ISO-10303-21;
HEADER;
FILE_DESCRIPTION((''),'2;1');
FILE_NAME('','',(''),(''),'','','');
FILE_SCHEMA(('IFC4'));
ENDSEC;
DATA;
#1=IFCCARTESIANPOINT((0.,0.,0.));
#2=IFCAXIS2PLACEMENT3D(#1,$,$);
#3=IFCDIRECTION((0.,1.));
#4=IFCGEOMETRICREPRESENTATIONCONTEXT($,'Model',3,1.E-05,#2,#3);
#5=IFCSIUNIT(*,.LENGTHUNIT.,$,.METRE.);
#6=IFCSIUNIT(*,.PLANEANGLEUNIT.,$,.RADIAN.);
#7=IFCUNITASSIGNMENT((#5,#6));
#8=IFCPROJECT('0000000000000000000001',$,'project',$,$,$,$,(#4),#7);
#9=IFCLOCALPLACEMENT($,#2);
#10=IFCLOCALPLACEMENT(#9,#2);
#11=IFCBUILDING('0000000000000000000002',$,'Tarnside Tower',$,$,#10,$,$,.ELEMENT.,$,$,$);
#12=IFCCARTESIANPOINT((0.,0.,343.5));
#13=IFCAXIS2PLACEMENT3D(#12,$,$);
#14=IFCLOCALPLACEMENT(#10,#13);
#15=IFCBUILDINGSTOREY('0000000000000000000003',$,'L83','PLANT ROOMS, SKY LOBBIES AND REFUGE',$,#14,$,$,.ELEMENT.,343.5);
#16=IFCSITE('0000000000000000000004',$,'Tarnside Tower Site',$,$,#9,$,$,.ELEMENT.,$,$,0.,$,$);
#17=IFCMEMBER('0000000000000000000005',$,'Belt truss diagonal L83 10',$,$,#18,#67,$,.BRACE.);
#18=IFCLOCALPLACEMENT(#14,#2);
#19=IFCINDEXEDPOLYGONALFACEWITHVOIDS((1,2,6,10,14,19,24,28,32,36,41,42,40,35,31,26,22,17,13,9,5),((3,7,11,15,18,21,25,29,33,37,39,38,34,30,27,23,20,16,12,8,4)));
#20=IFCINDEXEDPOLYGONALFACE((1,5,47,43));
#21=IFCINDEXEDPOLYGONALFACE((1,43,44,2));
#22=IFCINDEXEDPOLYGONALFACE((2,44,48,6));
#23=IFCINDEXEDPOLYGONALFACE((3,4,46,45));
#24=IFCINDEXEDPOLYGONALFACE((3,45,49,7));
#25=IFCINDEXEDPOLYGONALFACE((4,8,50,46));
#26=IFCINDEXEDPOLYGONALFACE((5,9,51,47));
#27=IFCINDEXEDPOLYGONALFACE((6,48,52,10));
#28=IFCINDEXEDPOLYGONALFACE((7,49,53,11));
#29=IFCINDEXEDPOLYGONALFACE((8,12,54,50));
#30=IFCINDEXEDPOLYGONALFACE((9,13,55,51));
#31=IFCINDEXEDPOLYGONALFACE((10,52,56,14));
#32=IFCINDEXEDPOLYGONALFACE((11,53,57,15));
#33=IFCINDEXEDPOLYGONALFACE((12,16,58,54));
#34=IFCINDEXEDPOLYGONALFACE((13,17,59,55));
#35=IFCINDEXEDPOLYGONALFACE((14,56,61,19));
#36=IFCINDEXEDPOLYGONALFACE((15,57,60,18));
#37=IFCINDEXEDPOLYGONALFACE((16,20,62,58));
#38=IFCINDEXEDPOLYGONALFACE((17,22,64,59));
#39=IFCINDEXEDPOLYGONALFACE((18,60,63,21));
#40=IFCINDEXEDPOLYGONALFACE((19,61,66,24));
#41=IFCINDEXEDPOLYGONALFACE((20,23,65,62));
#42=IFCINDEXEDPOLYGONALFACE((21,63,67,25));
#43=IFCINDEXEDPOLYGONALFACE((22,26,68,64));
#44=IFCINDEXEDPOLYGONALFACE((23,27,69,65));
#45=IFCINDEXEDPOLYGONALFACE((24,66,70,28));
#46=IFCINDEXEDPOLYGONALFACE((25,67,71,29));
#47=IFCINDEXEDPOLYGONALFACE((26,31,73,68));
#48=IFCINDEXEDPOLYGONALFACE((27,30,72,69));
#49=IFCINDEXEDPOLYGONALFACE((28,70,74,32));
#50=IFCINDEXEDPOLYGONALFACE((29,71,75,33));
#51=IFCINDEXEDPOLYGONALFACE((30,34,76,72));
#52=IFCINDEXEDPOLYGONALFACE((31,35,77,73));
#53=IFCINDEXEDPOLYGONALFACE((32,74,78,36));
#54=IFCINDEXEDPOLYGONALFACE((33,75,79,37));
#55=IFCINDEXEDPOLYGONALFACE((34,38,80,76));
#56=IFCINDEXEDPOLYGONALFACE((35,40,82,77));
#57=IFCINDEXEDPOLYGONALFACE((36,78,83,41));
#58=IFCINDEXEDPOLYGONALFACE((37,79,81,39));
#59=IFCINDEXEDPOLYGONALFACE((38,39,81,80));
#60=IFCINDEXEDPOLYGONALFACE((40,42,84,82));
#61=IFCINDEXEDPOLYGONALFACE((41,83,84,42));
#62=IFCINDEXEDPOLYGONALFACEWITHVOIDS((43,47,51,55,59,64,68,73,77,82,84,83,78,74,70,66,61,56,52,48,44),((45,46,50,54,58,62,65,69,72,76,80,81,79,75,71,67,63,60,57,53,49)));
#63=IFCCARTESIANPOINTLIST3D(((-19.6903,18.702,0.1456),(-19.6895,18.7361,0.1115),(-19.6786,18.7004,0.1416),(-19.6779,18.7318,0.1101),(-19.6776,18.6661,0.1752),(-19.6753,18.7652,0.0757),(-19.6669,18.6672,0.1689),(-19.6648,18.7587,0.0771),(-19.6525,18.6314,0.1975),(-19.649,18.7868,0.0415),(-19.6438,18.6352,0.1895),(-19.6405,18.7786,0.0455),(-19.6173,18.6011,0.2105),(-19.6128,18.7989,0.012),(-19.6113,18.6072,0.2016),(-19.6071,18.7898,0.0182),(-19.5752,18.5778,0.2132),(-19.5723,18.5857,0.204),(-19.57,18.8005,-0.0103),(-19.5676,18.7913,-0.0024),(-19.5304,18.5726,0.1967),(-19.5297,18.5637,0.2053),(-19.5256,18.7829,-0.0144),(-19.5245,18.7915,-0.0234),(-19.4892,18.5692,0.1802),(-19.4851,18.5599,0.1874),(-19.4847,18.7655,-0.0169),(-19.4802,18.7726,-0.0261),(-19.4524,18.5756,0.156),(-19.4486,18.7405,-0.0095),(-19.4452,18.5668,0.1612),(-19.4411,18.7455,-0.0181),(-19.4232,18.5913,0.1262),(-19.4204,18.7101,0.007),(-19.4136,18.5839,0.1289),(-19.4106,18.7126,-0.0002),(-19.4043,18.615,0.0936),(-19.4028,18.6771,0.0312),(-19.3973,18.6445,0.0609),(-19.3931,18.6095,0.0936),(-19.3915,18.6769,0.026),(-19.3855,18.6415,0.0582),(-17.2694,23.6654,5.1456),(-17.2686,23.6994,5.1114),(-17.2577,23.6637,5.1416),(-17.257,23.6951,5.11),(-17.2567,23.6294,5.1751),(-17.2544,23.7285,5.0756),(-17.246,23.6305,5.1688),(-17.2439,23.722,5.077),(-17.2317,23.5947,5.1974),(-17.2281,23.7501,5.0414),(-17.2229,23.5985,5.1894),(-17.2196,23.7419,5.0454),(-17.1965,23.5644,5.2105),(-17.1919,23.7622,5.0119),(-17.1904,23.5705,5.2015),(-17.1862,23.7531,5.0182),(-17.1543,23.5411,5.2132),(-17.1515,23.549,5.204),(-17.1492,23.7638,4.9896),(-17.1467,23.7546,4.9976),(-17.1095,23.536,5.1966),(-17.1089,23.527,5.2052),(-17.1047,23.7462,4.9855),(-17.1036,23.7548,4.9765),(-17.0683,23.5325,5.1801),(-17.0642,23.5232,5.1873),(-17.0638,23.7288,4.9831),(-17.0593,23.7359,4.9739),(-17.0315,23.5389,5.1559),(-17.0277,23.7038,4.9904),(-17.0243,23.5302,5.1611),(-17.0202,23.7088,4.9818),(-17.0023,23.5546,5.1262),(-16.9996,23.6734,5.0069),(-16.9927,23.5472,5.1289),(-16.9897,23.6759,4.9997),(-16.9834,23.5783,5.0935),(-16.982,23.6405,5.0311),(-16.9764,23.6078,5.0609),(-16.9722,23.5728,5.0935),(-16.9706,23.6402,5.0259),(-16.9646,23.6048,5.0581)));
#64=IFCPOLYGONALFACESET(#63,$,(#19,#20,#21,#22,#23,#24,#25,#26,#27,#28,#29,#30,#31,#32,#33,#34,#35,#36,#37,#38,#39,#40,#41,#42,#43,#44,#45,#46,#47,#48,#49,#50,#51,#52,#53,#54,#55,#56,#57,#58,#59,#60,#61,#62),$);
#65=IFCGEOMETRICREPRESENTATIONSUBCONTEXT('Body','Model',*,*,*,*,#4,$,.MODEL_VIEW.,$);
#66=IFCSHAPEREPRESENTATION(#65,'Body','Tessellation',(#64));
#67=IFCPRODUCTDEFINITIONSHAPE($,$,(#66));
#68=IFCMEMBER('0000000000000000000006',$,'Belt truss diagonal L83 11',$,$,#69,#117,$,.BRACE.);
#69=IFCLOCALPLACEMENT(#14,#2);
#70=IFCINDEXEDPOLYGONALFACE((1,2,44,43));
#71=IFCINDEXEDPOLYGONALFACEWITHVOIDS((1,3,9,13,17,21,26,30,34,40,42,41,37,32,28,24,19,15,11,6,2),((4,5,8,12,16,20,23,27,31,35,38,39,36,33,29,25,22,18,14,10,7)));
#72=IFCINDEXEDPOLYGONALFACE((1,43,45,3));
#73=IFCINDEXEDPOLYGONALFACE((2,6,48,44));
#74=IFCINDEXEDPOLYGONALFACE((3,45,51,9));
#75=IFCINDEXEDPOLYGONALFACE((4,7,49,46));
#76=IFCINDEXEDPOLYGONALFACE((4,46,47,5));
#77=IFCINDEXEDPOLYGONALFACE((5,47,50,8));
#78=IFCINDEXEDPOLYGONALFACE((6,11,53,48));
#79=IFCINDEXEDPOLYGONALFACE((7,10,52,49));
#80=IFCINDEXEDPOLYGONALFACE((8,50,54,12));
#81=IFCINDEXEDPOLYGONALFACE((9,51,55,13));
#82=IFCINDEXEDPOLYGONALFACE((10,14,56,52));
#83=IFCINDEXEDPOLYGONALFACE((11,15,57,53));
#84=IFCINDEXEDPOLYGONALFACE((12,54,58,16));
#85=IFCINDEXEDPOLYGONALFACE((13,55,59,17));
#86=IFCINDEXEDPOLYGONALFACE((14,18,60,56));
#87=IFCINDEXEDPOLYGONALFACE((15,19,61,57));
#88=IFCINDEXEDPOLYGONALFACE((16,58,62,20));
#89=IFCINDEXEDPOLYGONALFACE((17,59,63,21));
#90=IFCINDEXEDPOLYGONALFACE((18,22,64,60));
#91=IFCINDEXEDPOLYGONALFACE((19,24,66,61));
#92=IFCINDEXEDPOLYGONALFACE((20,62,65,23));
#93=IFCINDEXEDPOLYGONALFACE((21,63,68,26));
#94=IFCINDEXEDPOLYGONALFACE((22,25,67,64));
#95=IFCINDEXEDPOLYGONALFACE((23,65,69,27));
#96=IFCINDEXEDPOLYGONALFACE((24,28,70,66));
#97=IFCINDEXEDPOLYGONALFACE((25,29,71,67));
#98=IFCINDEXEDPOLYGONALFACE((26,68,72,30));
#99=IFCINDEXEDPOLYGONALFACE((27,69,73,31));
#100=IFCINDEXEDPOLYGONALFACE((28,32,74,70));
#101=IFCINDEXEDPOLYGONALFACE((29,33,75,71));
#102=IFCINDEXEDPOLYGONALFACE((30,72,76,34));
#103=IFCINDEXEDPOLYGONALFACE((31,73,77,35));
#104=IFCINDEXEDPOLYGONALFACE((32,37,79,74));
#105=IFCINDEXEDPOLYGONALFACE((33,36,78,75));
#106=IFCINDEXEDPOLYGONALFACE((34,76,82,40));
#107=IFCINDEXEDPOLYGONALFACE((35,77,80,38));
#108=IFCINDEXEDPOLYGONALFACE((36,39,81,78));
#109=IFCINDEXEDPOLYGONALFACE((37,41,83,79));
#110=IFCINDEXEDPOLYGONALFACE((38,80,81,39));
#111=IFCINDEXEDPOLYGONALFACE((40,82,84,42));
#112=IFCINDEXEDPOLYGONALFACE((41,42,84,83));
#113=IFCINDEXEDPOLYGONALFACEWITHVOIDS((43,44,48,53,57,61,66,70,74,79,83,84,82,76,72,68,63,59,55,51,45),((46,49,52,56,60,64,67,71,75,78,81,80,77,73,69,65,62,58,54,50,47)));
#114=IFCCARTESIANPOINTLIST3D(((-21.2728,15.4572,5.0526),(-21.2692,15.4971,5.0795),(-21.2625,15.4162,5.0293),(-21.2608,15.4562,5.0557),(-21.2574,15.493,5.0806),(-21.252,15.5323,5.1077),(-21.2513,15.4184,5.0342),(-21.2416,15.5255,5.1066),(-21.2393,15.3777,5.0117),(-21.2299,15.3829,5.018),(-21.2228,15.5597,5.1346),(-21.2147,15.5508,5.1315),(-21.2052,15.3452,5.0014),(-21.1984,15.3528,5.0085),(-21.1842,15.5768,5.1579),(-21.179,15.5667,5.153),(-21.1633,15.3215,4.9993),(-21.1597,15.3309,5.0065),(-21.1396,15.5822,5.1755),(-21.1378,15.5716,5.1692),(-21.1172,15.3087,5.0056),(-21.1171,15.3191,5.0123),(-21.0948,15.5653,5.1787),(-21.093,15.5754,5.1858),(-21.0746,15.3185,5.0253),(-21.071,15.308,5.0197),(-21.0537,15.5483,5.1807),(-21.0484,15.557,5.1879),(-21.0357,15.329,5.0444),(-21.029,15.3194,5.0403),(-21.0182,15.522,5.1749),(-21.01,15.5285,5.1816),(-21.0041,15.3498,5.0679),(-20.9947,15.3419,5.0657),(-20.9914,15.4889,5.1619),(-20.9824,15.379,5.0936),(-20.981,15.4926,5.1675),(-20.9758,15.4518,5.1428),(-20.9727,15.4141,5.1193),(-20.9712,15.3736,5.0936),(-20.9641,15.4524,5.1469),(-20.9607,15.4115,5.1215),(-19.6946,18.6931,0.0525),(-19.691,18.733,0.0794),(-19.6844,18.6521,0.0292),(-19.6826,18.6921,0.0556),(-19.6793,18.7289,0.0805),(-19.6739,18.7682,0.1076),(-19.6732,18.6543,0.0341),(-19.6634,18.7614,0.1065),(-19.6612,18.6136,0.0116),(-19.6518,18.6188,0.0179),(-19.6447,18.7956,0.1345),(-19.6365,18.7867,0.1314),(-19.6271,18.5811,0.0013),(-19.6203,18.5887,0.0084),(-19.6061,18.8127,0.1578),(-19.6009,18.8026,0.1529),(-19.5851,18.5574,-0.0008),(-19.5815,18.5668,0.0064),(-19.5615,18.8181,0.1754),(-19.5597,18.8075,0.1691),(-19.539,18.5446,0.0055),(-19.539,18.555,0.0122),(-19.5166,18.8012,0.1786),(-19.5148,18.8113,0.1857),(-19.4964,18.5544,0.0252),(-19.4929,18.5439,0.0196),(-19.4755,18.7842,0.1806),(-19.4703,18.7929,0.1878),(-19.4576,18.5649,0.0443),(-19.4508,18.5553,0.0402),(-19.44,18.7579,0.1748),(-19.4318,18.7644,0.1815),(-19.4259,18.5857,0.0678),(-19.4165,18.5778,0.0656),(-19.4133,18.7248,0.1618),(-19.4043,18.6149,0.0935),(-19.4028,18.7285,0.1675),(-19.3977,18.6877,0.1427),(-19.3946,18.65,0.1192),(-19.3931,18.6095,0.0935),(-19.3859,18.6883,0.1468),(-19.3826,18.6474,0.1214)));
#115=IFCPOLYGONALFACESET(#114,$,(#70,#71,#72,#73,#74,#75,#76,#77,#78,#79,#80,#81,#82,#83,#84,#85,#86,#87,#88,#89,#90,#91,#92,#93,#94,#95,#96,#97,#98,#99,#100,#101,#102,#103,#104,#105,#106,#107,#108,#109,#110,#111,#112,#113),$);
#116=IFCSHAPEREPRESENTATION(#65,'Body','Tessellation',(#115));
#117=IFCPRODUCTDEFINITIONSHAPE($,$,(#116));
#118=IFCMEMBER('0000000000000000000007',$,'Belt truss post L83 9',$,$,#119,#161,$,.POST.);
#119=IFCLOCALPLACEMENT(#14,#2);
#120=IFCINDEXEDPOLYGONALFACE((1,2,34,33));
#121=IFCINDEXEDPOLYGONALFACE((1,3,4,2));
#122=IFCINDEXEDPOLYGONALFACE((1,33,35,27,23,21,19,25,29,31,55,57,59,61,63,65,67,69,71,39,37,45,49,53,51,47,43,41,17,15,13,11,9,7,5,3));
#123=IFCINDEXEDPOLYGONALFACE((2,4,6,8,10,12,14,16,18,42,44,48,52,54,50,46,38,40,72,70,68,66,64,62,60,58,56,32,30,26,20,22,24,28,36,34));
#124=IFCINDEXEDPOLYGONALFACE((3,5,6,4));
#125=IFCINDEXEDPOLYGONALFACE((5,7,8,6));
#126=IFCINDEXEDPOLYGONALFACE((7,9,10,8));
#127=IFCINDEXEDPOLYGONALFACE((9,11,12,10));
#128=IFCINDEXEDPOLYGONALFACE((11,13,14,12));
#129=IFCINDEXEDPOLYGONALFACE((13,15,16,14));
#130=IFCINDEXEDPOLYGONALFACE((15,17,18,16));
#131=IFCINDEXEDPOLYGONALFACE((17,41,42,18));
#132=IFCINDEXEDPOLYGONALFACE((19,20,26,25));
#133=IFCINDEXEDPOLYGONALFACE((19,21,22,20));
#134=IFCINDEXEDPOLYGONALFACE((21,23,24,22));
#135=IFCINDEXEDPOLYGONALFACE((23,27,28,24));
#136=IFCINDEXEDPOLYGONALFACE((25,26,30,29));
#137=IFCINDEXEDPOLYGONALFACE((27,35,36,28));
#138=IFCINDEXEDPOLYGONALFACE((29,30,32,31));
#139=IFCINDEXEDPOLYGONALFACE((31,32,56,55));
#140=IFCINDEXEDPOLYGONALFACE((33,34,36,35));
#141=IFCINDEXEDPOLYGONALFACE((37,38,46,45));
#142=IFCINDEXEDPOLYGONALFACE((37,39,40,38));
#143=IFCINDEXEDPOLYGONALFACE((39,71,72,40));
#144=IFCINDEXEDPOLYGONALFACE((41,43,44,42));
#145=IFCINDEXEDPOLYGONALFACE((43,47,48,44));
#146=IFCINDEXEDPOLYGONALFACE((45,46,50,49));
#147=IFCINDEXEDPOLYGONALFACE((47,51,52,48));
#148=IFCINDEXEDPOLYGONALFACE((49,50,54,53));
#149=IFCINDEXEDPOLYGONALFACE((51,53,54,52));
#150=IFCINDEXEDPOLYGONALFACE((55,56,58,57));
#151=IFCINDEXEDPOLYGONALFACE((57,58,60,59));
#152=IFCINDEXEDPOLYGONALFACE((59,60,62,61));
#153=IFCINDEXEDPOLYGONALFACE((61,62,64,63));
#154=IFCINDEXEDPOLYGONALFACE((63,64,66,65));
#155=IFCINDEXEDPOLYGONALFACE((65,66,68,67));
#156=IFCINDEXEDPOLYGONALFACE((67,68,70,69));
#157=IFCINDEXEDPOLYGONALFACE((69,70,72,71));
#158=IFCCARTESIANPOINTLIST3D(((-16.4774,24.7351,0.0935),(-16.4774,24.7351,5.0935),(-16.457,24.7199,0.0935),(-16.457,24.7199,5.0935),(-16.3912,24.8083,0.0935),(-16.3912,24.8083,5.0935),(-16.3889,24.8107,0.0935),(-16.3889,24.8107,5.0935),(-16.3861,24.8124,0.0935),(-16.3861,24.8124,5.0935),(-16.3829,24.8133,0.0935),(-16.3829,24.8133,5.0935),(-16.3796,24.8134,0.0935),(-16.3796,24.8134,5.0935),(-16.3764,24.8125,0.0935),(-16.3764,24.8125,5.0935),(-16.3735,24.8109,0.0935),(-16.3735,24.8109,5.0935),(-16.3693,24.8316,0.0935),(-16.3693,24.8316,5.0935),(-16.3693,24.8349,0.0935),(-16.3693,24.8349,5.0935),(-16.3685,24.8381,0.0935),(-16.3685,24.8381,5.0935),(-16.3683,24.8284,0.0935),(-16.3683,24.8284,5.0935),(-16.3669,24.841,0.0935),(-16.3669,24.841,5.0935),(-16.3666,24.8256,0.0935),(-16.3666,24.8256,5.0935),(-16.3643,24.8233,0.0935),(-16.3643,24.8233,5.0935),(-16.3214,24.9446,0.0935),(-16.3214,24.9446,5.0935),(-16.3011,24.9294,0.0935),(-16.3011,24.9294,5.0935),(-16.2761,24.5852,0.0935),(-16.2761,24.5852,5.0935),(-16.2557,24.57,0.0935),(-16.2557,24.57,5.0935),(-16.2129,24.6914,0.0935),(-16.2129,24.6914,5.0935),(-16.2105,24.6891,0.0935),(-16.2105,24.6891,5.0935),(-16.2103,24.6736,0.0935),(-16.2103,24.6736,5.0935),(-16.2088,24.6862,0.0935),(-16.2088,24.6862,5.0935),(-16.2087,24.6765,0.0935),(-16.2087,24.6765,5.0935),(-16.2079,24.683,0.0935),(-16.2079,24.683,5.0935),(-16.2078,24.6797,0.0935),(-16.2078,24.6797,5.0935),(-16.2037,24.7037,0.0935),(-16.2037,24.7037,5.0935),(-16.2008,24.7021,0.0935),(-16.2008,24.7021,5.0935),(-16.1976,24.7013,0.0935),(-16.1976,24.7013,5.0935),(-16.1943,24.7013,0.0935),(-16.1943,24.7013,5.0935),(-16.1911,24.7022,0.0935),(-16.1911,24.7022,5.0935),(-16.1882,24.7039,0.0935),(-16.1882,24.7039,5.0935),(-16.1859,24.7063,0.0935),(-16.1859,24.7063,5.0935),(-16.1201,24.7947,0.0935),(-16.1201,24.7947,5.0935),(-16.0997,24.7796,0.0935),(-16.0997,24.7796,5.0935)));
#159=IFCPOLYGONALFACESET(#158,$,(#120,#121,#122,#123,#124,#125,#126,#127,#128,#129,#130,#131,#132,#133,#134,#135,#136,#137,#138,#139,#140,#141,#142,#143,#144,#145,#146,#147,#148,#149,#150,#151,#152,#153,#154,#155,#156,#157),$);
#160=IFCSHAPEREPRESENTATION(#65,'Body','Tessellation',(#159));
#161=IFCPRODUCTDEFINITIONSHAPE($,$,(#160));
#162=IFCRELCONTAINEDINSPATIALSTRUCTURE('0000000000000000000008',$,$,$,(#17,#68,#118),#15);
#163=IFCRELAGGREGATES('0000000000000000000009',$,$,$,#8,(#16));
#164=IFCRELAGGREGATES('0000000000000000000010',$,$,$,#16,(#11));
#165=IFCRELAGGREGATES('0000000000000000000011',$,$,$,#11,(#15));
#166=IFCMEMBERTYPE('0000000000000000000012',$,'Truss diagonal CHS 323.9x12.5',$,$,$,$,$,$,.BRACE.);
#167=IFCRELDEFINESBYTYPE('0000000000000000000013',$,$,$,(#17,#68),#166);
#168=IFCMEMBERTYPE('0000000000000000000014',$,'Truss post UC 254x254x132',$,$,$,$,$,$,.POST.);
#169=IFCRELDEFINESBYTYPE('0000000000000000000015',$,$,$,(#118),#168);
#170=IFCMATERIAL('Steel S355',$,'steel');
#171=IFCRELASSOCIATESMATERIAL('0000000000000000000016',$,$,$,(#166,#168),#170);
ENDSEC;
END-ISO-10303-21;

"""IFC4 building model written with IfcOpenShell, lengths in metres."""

from ifc_helpers import new_model, si_unit, direction, frame, origin, origin_2d, place, context, subcontext, project, spatial, hollow_circle, i_section, extrude, material, material_profile, profile_set, type_object, element, save


model = new_model("IFC4")

# Units and contexts
model_context = context("Model", 3, precision=1e-05, world=origin(), true_north=direction((0.0, 1.0)))
body_context = subcontext(model_context, "Body", "Model", "MODEL_VIEW")
ifc_project = project(units=[si_unit("LENGTHUNIT", "METRE"), si_unit("PLANEANGLEUNIT", "RADIAN")], contexts=[model_context])

# Site, building, storey
site_placement = place(None, origin())
site = spatial("IfcSite", under=ifc_project, at=site_placement, Name="Tarnside Tower Site", CompositionType="ELEMENT", RefElevation=0.0)
building_placement = place(site_placement, origin())
building = spatial("IfcBuilding", under=site, at=building_placement, Name="Tarnside Tower", CompositionType="ELEMENT")
storey_placement = place(building_placement, frame((0.0, 0.0, 343.5)))
storey = spatial("IfcBuildingStorey", under=building, at=storey_placement, Name="L83", Description="PLANT ROOMS, SKY LOBBIES AND REFUGE", CompositionType="ELEMENT", Elevation=343.5)

# Shared definitions
ifc_material_1 = material(Name="Steel S355", Category="steel")

# Members
ifc_material_profile_1 = material_profile(ifc_material_1, hollow_circle(Radius=0.1619, WallThickness=0.0125, at=origin_2d()), Name="CHS 323.9x12.5")
ifc_profile_set_1 = profile_set([ifc_material_profile_1], Name="Steel S355")
member_type_1 = type_object("IfcMemberType", Name="Truss diagonal CHS 323.9x12.5", PredefinedType="BRACE", material=ifc_profile_set_1)
member_1_placement = place(storey_placement, frame((-17.1177, 23.6438, 5.0935), z_axis=(-0.324972, -0.666265, -0.671181), x_axis=(0.898787, -0.438385, 0.0)))
element("IfcMember", 1, at=member_1_placement, inside=storey, type_object=member_type_1, Name="Belt truss diagonal L83 10", PredefinedType="BRACE", context=body_context, shape_type="SweptSolid", body=[
    extrude(hollow_circle(Radius=0.1619, WallThickness=0.0125, at=origin_2d()), origin(), (0.0, 0.0, 1.0), 7.4495),
])
member_2_placement = place(storey_placement, frame((-19.5386, 18.6804, 0.0935), z_axis=(-0.256137, -0.525191, 0.811522), x_axis=(0.898805, -0.438349, 0.0)))
element("IfcMember", 2, at=member_2_placement, inside=storey, type_object=member_type_1, Name="Belt truss diagonal L83 11", PredefinedType="BRACE", context=body_context, shape_type="SweptSolid", body=[
    extrude(hollow_circle(Radius=0.1619, WallThickness=0.0125, at=origin_2d()), origin(), (0.0, 0.0, 1.0), 6.1614),
])
ifc_material_profile_2 = material_profile(ifc_material_1, i_section(OverallWidth=0.2612, OverallDepth=0.2764, WebThickness=0.0154, FlangeThickness=0.0254, FilletRadius=0.0127, at=origin_2d()), Name="UC 254x254x132")
ifc_profile_set_2 = profile_set([ifc_material_profile_2], Name="Steel S355")
member_type_2 = type_object("IfcMemberType", Name="Truss post UC 254x254x132", PredefinedType="POST", material=ifc_profile_set_2)
for number, where, z_axis, x_axis, name in (
    (3, (-16.2886, 24.7573, 0.0935), (0.0, 0.0, 1.0), (-0.597159, -0.802123, 0.0), "Belt truss post L83 9"),
):
    element("IfcMember", number, at=place(storey_placement, frame(where, z_axis=z_axis, x_axis=x_axis)), inside=storey, type_object=member_type_2, Name=name, PredefinedType="POST", context=body_context, shape_type="SweptSolid", body=[
        extrude(i_section(OverallWidth=0.2612, OverallDepth=0.2764, WebThickness=0.0154, FlangeThickness=0.0254, FilletRadius=0.0127, at=origin_2d()), origin(), (0.0, 0.0, 1.0), 5.0),
    ])

save(model, "model.ifc")
